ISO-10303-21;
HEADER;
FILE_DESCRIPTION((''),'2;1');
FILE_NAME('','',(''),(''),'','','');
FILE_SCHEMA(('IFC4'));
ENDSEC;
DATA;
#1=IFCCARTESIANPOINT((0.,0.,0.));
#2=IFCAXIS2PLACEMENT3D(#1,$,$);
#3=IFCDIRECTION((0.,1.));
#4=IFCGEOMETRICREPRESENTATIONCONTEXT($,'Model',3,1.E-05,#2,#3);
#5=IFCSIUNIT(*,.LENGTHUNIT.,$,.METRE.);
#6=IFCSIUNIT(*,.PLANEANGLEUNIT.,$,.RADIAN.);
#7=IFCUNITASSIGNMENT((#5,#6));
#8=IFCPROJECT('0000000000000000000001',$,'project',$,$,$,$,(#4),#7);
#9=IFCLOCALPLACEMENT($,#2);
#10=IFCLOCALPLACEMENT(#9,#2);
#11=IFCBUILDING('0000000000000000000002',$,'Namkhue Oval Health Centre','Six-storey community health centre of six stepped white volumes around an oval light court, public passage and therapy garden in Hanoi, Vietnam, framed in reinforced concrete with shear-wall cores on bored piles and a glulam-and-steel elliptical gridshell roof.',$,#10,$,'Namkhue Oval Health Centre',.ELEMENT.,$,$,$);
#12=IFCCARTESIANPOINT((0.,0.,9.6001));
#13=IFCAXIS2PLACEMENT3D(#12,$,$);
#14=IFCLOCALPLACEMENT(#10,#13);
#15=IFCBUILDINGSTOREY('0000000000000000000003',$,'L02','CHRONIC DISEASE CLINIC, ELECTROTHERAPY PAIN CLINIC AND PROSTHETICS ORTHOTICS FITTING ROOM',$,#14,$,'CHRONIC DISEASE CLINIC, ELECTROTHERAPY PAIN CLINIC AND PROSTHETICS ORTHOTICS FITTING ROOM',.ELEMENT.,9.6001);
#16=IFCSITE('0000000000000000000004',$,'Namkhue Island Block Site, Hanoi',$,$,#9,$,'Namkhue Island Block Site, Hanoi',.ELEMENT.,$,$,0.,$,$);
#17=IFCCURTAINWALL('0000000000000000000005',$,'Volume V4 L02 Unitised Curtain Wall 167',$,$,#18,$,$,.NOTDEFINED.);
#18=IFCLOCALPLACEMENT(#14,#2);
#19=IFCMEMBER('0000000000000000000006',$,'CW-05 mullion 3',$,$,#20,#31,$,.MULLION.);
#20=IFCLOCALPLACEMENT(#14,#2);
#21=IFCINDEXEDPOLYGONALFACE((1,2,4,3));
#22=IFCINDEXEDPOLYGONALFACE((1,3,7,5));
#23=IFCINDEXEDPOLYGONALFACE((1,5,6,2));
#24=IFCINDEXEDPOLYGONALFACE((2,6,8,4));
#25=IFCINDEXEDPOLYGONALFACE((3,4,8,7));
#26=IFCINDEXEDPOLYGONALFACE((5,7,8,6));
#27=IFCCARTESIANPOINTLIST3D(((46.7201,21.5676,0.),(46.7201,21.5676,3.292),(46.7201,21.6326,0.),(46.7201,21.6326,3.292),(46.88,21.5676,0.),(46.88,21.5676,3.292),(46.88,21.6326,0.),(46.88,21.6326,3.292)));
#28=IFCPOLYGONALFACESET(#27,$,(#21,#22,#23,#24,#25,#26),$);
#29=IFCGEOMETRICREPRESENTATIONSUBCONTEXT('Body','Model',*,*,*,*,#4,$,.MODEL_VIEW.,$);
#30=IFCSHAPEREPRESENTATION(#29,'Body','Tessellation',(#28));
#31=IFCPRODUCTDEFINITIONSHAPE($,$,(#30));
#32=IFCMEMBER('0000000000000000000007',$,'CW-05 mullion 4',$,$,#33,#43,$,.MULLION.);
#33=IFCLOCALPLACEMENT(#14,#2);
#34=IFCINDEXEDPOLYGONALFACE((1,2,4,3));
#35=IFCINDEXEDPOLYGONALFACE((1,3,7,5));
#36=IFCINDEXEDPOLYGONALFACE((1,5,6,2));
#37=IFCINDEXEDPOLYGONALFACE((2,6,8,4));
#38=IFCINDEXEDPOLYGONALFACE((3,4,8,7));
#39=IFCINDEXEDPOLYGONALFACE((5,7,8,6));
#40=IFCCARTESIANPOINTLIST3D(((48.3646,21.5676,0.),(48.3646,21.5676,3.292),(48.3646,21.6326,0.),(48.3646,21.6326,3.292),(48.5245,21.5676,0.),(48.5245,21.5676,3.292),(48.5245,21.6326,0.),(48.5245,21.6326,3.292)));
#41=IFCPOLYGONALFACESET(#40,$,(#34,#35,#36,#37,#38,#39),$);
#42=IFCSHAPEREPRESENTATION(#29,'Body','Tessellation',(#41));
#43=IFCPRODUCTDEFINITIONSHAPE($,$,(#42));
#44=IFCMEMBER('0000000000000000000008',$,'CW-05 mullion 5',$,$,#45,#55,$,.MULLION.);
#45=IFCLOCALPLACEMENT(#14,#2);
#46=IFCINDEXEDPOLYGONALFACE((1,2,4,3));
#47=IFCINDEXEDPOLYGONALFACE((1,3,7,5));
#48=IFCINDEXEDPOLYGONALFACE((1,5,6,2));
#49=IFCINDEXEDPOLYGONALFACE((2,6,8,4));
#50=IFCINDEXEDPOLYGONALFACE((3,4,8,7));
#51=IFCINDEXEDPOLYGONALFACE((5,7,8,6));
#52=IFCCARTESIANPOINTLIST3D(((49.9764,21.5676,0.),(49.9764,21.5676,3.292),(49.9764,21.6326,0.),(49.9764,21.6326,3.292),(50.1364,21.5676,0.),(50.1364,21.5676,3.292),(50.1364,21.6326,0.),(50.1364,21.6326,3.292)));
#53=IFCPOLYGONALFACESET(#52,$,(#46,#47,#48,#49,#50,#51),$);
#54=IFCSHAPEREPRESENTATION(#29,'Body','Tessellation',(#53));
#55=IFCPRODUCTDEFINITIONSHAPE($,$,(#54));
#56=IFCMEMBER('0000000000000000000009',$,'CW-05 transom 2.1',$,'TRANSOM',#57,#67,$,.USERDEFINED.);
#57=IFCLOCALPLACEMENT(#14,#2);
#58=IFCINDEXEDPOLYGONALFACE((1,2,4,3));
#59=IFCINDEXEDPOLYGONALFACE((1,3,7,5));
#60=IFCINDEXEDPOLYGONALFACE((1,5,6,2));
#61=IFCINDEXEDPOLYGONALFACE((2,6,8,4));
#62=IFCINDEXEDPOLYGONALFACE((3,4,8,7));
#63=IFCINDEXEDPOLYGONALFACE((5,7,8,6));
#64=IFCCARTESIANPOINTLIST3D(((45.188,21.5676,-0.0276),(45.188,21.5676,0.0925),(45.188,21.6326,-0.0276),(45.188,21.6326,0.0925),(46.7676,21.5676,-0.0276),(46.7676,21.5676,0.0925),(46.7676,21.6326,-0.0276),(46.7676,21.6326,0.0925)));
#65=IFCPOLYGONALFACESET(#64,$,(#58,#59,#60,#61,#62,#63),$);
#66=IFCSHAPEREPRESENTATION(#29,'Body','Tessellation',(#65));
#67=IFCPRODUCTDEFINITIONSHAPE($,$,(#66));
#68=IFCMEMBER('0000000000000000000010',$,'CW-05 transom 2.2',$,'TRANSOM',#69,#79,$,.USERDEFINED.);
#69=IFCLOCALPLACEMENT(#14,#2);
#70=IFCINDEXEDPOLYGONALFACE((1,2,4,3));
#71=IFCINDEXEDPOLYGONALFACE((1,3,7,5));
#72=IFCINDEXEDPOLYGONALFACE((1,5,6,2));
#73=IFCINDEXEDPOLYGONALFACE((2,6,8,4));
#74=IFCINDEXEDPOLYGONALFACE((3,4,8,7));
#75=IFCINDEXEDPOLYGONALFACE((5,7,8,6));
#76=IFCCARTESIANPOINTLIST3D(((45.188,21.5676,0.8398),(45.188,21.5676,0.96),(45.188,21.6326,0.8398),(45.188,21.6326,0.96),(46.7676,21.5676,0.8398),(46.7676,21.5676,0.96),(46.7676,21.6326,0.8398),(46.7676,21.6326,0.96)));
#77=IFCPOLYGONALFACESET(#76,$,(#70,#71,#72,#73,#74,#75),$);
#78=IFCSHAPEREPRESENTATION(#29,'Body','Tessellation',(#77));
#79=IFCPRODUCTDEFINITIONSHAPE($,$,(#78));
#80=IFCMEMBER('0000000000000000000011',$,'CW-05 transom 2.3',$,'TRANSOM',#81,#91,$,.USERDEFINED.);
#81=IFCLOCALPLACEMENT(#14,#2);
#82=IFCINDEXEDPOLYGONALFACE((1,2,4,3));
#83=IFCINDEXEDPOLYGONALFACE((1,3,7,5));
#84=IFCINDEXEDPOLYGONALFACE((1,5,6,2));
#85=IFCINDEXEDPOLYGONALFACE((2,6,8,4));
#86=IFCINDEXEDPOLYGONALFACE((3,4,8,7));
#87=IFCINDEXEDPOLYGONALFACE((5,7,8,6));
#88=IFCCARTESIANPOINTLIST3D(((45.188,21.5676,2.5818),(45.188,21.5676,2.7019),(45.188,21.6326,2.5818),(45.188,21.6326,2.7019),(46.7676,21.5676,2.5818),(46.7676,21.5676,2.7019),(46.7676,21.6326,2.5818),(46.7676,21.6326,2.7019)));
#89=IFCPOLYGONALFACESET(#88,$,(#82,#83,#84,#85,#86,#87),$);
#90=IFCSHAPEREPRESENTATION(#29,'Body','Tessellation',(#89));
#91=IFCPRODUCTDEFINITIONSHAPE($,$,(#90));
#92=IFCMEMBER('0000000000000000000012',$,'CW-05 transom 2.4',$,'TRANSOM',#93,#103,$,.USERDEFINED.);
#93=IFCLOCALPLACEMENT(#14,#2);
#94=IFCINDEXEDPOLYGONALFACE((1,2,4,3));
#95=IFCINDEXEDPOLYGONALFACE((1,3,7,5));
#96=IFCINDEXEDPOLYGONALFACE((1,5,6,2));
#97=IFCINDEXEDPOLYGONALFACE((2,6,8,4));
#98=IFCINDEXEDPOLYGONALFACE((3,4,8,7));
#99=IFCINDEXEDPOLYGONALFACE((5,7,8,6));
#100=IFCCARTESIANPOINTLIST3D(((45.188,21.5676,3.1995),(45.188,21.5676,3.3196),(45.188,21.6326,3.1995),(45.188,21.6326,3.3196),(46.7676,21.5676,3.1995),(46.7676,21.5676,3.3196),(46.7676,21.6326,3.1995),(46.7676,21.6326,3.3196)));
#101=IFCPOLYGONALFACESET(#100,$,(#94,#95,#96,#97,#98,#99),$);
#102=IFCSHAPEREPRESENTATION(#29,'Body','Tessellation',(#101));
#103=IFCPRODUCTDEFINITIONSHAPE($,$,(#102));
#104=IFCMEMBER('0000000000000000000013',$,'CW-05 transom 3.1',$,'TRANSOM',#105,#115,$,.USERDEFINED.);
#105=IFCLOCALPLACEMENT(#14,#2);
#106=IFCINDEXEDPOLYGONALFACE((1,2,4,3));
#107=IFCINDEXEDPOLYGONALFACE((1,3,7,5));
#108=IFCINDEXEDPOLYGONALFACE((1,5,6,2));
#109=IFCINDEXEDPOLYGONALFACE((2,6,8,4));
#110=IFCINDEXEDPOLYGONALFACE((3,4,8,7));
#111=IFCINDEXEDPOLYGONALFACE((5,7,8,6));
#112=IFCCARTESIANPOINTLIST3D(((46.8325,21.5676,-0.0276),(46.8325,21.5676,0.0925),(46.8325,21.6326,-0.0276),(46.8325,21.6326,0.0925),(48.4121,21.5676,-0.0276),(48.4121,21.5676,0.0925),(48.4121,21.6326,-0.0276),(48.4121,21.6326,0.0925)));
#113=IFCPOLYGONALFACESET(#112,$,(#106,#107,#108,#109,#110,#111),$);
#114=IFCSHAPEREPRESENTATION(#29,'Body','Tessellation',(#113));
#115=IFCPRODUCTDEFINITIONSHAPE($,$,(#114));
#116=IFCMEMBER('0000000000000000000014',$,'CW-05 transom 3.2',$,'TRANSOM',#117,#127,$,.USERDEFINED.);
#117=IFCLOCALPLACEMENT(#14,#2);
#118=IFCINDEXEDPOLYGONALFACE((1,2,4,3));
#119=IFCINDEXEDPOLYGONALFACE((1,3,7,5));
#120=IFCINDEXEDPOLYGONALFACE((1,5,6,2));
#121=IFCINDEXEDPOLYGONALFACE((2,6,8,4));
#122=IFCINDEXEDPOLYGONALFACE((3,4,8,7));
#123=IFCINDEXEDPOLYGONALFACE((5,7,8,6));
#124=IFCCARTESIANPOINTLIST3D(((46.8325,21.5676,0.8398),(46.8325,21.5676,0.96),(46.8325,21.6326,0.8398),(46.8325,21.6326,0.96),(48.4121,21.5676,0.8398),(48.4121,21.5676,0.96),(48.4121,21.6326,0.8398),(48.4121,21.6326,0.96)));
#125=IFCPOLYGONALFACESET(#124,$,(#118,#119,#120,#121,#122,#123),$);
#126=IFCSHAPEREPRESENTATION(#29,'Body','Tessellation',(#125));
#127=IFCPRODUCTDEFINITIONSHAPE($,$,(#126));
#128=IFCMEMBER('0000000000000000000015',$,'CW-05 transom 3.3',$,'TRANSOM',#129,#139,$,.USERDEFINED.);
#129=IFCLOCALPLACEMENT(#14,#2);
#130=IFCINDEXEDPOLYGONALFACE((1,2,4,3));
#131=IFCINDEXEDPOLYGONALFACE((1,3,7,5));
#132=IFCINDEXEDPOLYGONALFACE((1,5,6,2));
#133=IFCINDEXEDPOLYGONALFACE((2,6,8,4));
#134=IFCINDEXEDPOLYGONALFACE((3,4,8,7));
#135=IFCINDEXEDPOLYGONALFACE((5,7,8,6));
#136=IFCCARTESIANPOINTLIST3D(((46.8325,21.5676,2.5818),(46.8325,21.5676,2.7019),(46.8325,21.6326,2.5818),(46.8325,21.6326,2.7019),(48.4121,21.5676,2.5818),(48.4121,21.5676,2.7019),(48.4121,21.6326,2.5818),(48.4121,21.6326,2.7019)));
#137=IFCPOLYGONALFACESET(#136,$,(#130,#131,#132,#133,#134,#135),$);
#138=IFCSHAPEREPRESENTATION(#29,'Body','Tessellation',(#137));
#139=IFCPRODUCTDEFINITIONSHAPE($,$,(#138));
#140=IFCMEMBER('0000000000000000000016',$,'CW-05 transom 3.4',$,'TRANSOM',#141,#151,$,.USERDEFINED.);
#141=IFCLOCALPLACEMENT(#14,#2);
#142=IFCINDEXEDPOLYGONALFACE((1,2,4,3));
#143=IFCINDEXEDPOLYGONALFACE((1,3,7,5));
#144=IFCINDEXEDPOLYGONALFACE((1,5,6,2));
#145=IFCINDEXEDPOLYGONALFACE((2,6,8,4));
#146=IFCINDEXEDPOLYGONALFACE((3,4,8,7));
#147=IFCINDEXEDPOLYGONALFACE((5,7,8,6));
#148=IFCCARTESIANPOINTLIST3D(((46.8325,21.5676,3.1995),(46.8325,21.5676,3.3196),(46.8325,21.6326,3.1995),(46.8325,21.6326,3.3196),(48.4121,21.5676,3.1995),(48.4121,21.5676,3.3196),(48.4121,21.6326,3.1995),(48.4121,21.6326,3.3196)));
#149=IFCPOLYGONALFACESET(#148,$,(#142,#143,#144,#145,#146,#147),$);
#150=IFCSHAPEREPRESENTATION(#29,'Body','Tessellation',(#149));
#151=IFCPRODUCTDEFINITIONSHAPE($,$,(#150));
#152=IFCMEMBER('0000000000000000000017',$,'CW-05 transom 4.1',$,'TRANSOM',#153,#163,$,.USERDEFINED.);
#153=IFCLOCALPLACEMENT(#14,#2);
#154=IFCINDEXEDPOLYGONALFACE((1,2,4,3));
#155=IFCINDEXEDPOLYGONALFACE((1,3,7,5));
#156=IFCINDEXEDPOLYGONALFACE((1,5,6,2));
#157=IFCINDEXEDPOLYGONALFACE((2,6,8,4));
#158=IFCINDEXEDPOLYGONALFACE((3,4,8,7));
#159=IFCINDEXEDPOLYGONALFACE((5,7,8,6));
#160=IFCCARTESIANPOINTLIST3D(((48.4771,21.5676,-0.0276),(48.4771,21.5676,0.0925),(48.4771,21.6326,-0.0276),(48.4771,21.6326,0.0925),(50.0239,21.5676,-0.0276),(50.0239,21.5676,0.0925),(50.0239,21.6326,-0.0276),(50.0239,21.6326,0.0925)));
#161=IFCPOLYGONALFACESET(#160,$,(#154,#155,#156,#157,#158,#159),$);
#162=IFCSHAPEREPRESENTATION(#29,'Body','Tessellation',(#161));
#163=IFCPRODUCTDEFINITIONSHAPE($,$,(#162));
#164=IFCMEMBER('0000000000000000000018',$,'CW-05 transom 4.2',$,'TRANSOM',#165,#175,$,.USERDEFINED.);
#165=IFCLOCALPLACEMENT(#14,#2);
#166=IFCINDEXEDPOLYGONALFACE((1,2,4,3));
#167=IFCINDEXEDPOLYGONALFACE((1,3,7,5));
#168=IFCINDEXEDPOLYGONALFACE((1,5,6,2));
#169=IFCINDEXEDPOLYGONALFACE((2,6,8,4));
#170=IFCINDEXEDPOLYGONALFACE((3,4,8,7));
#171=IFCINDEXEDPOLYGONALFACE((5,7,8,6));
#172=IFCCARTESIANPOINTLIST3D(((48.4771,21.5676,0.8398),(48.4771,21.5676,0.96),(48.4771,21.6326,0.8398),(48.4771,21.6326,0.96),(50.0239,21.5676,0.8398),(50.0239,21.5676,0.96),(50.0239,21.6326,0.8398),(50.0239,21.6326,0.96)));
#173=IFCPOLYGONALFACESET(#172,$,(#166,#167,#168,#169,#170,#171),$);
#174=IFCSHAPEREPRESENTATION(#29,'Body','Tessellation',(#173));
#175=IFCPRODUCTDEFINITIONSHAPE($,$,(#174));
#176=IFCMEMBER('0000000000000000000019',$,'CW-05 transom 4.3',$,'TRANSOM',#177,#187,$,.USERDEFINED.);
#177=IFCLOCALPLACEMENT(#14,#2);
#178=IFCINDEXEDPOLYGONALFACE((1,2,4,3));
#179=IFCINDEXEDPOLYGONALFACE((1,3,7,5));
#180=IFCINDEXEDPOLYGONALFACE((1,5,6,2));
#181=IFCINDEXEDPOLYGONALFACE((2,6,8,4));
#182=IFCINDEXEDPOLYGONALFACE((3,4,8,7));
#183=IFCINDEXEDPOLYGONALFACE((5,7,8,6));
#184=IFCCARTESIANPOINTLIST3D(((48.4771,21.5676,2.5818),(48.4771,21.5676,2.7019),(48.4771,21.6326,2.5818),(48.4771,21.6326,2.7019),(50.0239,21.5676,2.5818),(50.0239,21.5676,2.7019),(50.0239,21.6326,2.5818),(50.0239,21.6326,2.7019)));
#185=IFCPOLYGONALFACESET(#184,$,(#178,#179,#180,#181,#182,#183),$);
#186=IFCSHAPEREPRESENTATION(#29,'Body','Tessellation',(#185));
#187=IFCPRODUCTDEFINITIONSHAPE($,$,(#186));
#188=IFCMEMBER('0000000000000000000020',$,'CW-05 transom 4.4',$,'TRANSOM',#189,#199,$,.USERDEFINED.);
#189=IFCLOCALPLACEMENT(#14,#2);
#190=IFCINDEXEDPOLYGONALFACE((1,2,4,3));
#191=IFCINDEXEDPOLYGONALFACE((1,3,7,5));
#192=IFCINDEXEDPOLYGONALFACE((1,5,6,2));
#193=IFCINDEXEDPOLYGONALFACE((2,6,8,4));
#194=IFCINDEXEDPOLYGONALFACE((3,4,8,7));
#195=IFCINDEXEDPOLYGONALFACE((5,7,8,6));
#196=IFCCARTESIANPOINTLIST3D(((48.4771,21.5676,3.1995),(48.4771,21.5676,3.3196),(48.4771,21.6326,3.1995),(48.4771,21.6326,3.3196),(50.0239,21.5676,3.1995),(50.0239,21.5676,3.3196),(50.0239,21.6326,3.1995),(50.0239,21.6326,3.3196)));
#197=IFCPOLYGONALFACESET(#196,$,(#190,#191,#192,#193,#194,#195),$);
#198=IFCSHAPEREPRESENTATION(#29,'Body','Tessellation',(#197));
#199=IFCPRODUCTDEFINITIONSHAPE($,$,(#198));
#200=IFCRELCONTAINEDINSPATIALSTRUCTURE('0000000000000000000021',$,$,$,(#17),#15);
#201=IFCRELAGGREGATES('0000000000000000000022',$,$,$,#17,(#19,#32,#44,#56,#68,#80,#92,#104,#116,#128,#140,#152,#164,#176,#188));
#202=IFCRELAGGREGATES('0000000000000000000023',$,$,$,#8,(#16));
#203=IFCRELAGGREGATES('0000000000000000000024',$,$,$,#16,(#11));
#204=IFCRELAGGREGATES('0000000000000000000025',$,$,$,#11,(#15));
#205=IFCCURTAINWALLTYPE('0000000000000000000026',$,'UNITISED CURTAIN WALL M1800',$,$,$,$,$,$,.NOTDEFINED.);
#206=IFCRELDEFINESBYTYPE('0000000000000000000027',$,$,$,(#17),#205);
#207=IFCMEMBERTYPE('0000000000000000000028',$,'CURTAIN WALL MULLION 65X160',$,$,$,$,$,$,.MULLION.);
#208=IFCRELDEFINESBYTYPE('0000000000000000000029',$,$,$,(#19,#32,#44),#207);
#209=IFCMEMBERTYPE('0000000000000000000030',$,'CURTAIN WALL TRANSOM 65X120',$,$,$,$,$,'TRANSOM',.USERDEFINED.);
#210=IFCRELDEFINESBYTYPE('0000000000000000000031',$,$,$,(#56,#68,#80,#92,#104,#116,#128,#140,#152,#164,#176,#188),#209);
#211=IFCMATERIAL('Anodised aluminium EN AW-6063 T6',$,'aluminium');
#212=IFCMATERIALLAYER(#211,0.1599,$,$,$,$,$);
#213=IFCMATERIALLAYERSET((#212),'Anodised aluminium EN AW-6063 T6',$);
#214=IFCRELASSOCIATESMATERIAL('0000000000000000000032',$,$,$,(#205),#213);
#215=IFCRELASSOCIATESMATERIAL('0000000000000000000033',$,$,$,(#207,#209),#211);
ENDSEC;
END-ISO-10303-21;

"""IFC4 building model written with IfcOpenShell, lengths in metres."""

from ifc_helpers import new_model, si_unit, direction, frame, origin, origin_2d, place, context, subcontext, project, spatial, rectangle, extrude, material, layer, layer_set, material_profile, profile_set, type_object, element, aggregate, save


model = new_model("IFC4")

# Units and contexts
model_context = context("Model", 3, precision=1e-05, world=origin(), true_north=direction((0.0, 1.0)))
body_context = subcontext(model_context, "Body", "Model", "MODEL_VIEW")
ifc_project = project(units=[si_unit("LENGTHUNIT", "METRE"), si_unit("PLANEANGLEUNIT", "RADIAN")], contexts=[model_context])

# Site, building, storey
site_placement = place(None, origin())
site = spatial("IfcSite", under=ifc_project, at=site_placement, Name="Namkhue Island Block Site, Hanoi", LongName="Namkhue Island Block Site, Hanoi", CompositionType="ELEMENT", RefElevation=0.0)
building_placement = place(site_placement, origin())
building = spatial("IfcBuilding", under=site, at=building_placement, Name="Namkhue Oval Health Centre", Description="Six-storey community health centre of six stepped white volumes around an oval light court, public passage and therapy garden in Hanoi, Vietnam, framed in reinforced concrete with shear-wall cores on bored piles and a glulam-and-steel elliptical gridshell roof.", LongName="Namkhue Oval Health Centre", CompositionType="ELEMENT")
storey_placement = place(building_placement, frame((0.0, 0.0, 9.6001)))
storey = spatial("IfcBuildingStorey", under=building, at=storey_placement, Name="L02", Description="CHRONIC DISEASE CLINIC, ELECTROTHERAPY PAIN CLINIC AND PROSTHETICS ORTHOTICS FITTING ROOM", LongName="CHRONIC DISEASE CLINIC, ELECTROTHERAPY PAIN CLINIC AND PROSTHETICS ORTHOTICS FITTING ROOM", CompositionType="ELEMENT", Elevation=9.6001)

# Curtain wall, members
ifc_material_1 = material(Name="Anodised aluminium EN AW-6063 T6", Category="aluminium")
ifc_layer_1 = layer(ifc_material_1, 0.1599)
ifc_layer_set_1 = layer_set([ifc_layer_1], Name="Anodised aluminium EN AW-6063 T6")
curtain_wall_type = type_object("IfcCurtainWallType", Name="UNITISED CURTAIN WALL M1800", PredefinedType="NOTDEFINED", material=ifc_layer_set_1)
curtain_wall_placement = place(storey_placement, origin())
curtain_wall = element("IfcCurtainWall", 1, at=curtain_wall_placement, inside=storey, type_object=curtain_wall_type, Name="Volume V4 L02 Unitised Curtain Wall 167", PredefinedType="NOTDEFINED")
ifc_material_profile_1 = material_profile(ifc_material_1, rectangle(XDim=0.0649, YDim=0.1599, at=origin_2d()), Name="ALU 65x160")
ifc_profile_set_1 = profile_set([ifc_material_profile_1], Name="Anodised aluminium EN AW-6063 T6")
member_type_1 = type_object("IfcMemberType", Name="CURTAIN WALL MULLION 65X160", PredefinedType="MULLION", material=ifc_profile_set_1)
member_1_placement = place(storey_placement, frame((46.8, 21.6001, 0.0), z_axis=(0.0, 0.0, 1.0), x_axis=(0.0, 1.0, 0.0)))
member_1 = element("IfcMember", 2, at=member_1_placement, type_object=member_type_1, Name="CW-05 mullion 3", PredefinedType="MULLION", context=body_context, shape_type="SweptSolid", body=[
    extrude(rectangle(XDim=0.0649, YDim=0.1599, at=origin_2d()), origin(), (0.0, 0.0, 1.0), 3.292),
])
member_2_placement = place(storey_placement, frame((48.4446, 21.6001, 0.0), z_axis=(0.0, 0.0, 1.0), x_axis=(0.0, 1.0, 0.0)))
member_2 = element("IfcMember", 3, at=member_2_placement, type_object=member_type_1, Name="CW-05 mullion 4", PredefinedType="MULLION", context=body_context, shape_type="SweptSolid", body=[
    extrude(rectangle(XDim=0.0649, YDim=0.1599, at=origin_2d()), origin(), (0.0, 0.0, 1.0), 3.292),
])
member_3_placement = place(storey_placement, frame((50.0564, 21.6001, 0.0), z_axis=(0.0, 0.0, 1.0), x_axis=(0.0, 1.0, 0.0)))
member_3 = element("IfcMember", 4, at=member_3_placement, type_object=member_type_1, Name="CW-05 mullion 5", PredefinedType="MULLION", context=body_context, shape_type="SweptSolid", body=[
    extrude(rectangle(XDim=0.0649, YDim=0.1599, at=origin_2d()), origin(), (0.0, 0.0, 1.0), 3.292),
])
ifc_material_profile_2 = material_profile(ifc_material_1, rectangle(XDim=0.0649, YDim=0.1201, at=origin_2d()), Name="ALU 65x120")
ifc_profile_set_2 = profile_set([ifc_material_profile_2], Name="Anodised aluminium EN AW-6063 T6")
member_type_2 = type_object("IfcMemberType", Name="CURTAIN WALL TRANSOM 65X120", ElementType="TRANSOM", PredefinedType="USERDEFINED", material=ifc_profile_set_2)
member_4_placement = place(storey_placement, frame((45.188, 21.6001, 0.0325), z_axis=(1.0, 0.0, 0.0), x_axis=(0.0, 1.0, 0.0)))
member_4 = element("IfcMember", 5, at=member_4_placement, type_object=member_type_2, Name="CW-05 transom 2.1", ObjectType="TRANSOM", PredefinedType="USERDEFINED", context=body_context, shape_type="SweptSolid", body=[
    extrude(rectangle(XDim=0.0649, YDim=0.1201, at=origin_2d()), origin(), (0.0, 0.0, 1.0), 1.5796),
])
member_5_placement = place(storey_placement, frame((45.188, 21.6001, 0.8999), z_axis=(1.0, 0.0, 0.0), x_axis=(0.0, 1.0, 0.0)))
member_5 = element("IfcMember", 6, at=member_5_placement, type_object=member_type_2, Name="CW-05 transom 2.2", ObjectType="TRANSOM", PredefinedType="USERDEFINED", context=body_context, shape_type="SweptSolid", body=[
    extrude(rectangle(XDim=0.0649, YDim=0.1201, at=origin_2d()), origin(), (0.0, 0.0, 1.0), 1.5796),
])
member_6_placement = place(storey_placement, frame((45.188, 21.6001, 2.6418), z_axis=(1.0, 0.0, 0.0), x_axis=(0.0, 1.0, 0.0)))
member_6 = element("IfcMember", 7, at=member_6_placement, type_object=member_type_2, Name="CW-05 transom 2.3", ObjectType="TRANSOM", PredefinedType="USERDEFINED", context=body_context, shape_type="SweptSolid", body=[
    extrude(rectangle(XDim=0.0649, YDim=0.1201, at=origin_2d()), origin(), (0.0, 0.0, 1.0), 1.5796),
])
member_7_placement = place(storey_placement, frame((45.188, 21.6001, 3.2595), z_axis=(1.0, 0.0, 0.0), x_axis=(0.0, 1.0, 0.0)))
member_7 = element("IfcMember", 8, at=member_7_placement, type_object=member_type_2, Name="CW-05 transom 2.4", ObjectType="TRANSOM", PredefinedType="USERDEFINED", context=body_context, shape_type="SweptSolid", body=[
    extrude(rectangle(XDim=0.0649, YDim=0.1201, at=origin_2d()), origin(), (0.0, 0.0, 1.0), 1.5796),
])
member_8_placement = place(storey_placement, frame((46.8325, 21.6001, 0.0325), z_axis=(1.0, 0.0, 0.0), x_axis=(0.0, 1.0, 0.0)))
member_8 = element("IfcMember", 9, at=member_8_placement, type_object=member_type_2, Name="CW-05 transom 3.1", ObjectType="TRANSOM", PredefinedType="USERDEFINED", context=body_context, shape_type="SweptSolid", body=[
    extrude(rectangle(XDim=0.0649, YDim=0.1201, at=origin_2d()), origin(), (0.0, 0.0, 1.0), 1.5796),
])
member_9_placement = place(storey_placement, frame((46.8325, 21.6001, 0.8999), z_axis=(1.0, 0.0, 0.0), x_axis=(0.0, 1.0, 0.0)))
member_9 = element("IfcMember", 10, at=member_9_placement, type_object=member_type_2, Name="CW-05 transom 3.2", ObjectType="TRANSOM", PredefinedType="USERDEFINED", context=body_context, shape_type="SweptSolid", body=[
    extrude(rectangle(XDim=0.0649, YDim=0.1201, at=origin_2d()), origin(), (0.0, 0.0, 1.0), 1.5796),
])
member_10_placement = place(storey_placement, frame((46.8325, 21.6001, 2.6418), z_axis=(1.0, 0.0, 0.0), x_axis=(0.0, 1.0, 0.0)))
member_10 = element("IfcMember", 11, at=member_10_placement, type_object=member_type_2, Name="CW-05 transom 3.3", ObjectType="TRANSOM", PredefinedType="USERDEFINED", context=body_context, shape_type="SweptSolid", body=[
    extrude(rectangle(XDim=0.0649, YDim=0.1201, at=origin_2d()), origin(), (0.0, 0.0, 1.0), 1.5796),
])
member_11_placement = place(storey_placement, frame((46.8325, 21.6001, 3.2595), z_axis=(1.0, 0.0, 0.0), x_axis=(0.0, 1.0, 0.0)))
member_11 = element("IfcMember", 12, at=member_11_placement, type_object=member_type_2, Name="CW-05 transom 3.4", ObjectType="TRANSOM", PredefinedType="USERDEFINED", context=body_context, shape_type="SweptSolid", body=[
    extrude(rectangle(XDim=0.0649, YDim=0.1201, at=origin_2d()), origin(), (0.0, 0.0, 1.0), 1.5796),
])
member_12_placement = place(storey_placement, frame((48.4771, 21.6001, 0.0325), z_axis=(1.0, 0.0, 0.0), x_axis=(0.0, 1.0, 0.0)))
member_12 = element("IfcMember", 13, at=member_12_placement, type_object=member_type_2, Name="CW-05 transom 4.1", ObjectType="TRANSOM", PredefinedType="USERDEFINED", context=body_context, shape_type="SweptSolid", body=[
    extrude(rectangle(XDim=0.0649, YDim=0.1201, at=origin_2d()), origin(), (0.0, 0.0, 1.0), 1.5469),
])
member_13_placement = place(storey_placement, frame((48.4771, 21.6001, 0.8999), z_axis=(1.0, 0.0, 0.0), x_axis=(0.0, 1.0, 0.0)))
member_13 = element("IfcMember", 14, at=member_13_placement, type_object=member_type_2, Name="CW-05 transom 4.2", ObjectType="TRANSOM", PredefinedType="USERDEFINED", context=body_context, shape_type="SweptSolid", body=[
    extrude(rectangle(XDim=0.0649, YDim=0.1201, at=origin_2d()), origin(), (0.0, 0.0, 1.0), 1.5469),
])
member_14_placement = place(storey_placement, frame((48.4771, 21.6001, 2.6418), z_axis=(1.0, 0.0, 0.0), x_axis=(0.0, 1.0, 0.0)))
member_14 = element("IfcMember", 15, at=member_14_placement, type_object=member_type_2, Name="CW-05 transom 4.3", ObjectType="TRANSOM", PredefinedType="USERDEFINED", context=body_context, shape_type="SweptSolid", body=[
    extrude(rectangle(XDim=0.0649, YDim=0.1201, at=origin_2d()), origin(), (0.0, 0.0, 1.0), 1.5469),
])
member_15_placement = place(storey_placement, frame((48.4771, 21.6001, 3.2595), z_axis=(1.0, 0.0, 0.0), x_axis=(0.0, 1.0, 0.0)))
member_15 = element("IfcMember", 16, at=member_15_placement, type_object=member_type_2, Name="CW-05 transom 4.4", ObjectType="TRANSOM", PredefinedType="USERDEFINED", context=body_context, shape_type="SweptSolid", body=[
    extrude(rectangle(XDim=0.0649, YDim=0.1201, at=origin_2d()), origin(), (0.0, 0.0, 1.0), 1.5469),
])
aggregate(curtain_wall, [member_1, member_2, member_3, member_4, member_5, member_6, member_7, member_8, member_9, member_10, member_11, member_12, member_13, member_14, member_15])

save(model, "model.ifc")
